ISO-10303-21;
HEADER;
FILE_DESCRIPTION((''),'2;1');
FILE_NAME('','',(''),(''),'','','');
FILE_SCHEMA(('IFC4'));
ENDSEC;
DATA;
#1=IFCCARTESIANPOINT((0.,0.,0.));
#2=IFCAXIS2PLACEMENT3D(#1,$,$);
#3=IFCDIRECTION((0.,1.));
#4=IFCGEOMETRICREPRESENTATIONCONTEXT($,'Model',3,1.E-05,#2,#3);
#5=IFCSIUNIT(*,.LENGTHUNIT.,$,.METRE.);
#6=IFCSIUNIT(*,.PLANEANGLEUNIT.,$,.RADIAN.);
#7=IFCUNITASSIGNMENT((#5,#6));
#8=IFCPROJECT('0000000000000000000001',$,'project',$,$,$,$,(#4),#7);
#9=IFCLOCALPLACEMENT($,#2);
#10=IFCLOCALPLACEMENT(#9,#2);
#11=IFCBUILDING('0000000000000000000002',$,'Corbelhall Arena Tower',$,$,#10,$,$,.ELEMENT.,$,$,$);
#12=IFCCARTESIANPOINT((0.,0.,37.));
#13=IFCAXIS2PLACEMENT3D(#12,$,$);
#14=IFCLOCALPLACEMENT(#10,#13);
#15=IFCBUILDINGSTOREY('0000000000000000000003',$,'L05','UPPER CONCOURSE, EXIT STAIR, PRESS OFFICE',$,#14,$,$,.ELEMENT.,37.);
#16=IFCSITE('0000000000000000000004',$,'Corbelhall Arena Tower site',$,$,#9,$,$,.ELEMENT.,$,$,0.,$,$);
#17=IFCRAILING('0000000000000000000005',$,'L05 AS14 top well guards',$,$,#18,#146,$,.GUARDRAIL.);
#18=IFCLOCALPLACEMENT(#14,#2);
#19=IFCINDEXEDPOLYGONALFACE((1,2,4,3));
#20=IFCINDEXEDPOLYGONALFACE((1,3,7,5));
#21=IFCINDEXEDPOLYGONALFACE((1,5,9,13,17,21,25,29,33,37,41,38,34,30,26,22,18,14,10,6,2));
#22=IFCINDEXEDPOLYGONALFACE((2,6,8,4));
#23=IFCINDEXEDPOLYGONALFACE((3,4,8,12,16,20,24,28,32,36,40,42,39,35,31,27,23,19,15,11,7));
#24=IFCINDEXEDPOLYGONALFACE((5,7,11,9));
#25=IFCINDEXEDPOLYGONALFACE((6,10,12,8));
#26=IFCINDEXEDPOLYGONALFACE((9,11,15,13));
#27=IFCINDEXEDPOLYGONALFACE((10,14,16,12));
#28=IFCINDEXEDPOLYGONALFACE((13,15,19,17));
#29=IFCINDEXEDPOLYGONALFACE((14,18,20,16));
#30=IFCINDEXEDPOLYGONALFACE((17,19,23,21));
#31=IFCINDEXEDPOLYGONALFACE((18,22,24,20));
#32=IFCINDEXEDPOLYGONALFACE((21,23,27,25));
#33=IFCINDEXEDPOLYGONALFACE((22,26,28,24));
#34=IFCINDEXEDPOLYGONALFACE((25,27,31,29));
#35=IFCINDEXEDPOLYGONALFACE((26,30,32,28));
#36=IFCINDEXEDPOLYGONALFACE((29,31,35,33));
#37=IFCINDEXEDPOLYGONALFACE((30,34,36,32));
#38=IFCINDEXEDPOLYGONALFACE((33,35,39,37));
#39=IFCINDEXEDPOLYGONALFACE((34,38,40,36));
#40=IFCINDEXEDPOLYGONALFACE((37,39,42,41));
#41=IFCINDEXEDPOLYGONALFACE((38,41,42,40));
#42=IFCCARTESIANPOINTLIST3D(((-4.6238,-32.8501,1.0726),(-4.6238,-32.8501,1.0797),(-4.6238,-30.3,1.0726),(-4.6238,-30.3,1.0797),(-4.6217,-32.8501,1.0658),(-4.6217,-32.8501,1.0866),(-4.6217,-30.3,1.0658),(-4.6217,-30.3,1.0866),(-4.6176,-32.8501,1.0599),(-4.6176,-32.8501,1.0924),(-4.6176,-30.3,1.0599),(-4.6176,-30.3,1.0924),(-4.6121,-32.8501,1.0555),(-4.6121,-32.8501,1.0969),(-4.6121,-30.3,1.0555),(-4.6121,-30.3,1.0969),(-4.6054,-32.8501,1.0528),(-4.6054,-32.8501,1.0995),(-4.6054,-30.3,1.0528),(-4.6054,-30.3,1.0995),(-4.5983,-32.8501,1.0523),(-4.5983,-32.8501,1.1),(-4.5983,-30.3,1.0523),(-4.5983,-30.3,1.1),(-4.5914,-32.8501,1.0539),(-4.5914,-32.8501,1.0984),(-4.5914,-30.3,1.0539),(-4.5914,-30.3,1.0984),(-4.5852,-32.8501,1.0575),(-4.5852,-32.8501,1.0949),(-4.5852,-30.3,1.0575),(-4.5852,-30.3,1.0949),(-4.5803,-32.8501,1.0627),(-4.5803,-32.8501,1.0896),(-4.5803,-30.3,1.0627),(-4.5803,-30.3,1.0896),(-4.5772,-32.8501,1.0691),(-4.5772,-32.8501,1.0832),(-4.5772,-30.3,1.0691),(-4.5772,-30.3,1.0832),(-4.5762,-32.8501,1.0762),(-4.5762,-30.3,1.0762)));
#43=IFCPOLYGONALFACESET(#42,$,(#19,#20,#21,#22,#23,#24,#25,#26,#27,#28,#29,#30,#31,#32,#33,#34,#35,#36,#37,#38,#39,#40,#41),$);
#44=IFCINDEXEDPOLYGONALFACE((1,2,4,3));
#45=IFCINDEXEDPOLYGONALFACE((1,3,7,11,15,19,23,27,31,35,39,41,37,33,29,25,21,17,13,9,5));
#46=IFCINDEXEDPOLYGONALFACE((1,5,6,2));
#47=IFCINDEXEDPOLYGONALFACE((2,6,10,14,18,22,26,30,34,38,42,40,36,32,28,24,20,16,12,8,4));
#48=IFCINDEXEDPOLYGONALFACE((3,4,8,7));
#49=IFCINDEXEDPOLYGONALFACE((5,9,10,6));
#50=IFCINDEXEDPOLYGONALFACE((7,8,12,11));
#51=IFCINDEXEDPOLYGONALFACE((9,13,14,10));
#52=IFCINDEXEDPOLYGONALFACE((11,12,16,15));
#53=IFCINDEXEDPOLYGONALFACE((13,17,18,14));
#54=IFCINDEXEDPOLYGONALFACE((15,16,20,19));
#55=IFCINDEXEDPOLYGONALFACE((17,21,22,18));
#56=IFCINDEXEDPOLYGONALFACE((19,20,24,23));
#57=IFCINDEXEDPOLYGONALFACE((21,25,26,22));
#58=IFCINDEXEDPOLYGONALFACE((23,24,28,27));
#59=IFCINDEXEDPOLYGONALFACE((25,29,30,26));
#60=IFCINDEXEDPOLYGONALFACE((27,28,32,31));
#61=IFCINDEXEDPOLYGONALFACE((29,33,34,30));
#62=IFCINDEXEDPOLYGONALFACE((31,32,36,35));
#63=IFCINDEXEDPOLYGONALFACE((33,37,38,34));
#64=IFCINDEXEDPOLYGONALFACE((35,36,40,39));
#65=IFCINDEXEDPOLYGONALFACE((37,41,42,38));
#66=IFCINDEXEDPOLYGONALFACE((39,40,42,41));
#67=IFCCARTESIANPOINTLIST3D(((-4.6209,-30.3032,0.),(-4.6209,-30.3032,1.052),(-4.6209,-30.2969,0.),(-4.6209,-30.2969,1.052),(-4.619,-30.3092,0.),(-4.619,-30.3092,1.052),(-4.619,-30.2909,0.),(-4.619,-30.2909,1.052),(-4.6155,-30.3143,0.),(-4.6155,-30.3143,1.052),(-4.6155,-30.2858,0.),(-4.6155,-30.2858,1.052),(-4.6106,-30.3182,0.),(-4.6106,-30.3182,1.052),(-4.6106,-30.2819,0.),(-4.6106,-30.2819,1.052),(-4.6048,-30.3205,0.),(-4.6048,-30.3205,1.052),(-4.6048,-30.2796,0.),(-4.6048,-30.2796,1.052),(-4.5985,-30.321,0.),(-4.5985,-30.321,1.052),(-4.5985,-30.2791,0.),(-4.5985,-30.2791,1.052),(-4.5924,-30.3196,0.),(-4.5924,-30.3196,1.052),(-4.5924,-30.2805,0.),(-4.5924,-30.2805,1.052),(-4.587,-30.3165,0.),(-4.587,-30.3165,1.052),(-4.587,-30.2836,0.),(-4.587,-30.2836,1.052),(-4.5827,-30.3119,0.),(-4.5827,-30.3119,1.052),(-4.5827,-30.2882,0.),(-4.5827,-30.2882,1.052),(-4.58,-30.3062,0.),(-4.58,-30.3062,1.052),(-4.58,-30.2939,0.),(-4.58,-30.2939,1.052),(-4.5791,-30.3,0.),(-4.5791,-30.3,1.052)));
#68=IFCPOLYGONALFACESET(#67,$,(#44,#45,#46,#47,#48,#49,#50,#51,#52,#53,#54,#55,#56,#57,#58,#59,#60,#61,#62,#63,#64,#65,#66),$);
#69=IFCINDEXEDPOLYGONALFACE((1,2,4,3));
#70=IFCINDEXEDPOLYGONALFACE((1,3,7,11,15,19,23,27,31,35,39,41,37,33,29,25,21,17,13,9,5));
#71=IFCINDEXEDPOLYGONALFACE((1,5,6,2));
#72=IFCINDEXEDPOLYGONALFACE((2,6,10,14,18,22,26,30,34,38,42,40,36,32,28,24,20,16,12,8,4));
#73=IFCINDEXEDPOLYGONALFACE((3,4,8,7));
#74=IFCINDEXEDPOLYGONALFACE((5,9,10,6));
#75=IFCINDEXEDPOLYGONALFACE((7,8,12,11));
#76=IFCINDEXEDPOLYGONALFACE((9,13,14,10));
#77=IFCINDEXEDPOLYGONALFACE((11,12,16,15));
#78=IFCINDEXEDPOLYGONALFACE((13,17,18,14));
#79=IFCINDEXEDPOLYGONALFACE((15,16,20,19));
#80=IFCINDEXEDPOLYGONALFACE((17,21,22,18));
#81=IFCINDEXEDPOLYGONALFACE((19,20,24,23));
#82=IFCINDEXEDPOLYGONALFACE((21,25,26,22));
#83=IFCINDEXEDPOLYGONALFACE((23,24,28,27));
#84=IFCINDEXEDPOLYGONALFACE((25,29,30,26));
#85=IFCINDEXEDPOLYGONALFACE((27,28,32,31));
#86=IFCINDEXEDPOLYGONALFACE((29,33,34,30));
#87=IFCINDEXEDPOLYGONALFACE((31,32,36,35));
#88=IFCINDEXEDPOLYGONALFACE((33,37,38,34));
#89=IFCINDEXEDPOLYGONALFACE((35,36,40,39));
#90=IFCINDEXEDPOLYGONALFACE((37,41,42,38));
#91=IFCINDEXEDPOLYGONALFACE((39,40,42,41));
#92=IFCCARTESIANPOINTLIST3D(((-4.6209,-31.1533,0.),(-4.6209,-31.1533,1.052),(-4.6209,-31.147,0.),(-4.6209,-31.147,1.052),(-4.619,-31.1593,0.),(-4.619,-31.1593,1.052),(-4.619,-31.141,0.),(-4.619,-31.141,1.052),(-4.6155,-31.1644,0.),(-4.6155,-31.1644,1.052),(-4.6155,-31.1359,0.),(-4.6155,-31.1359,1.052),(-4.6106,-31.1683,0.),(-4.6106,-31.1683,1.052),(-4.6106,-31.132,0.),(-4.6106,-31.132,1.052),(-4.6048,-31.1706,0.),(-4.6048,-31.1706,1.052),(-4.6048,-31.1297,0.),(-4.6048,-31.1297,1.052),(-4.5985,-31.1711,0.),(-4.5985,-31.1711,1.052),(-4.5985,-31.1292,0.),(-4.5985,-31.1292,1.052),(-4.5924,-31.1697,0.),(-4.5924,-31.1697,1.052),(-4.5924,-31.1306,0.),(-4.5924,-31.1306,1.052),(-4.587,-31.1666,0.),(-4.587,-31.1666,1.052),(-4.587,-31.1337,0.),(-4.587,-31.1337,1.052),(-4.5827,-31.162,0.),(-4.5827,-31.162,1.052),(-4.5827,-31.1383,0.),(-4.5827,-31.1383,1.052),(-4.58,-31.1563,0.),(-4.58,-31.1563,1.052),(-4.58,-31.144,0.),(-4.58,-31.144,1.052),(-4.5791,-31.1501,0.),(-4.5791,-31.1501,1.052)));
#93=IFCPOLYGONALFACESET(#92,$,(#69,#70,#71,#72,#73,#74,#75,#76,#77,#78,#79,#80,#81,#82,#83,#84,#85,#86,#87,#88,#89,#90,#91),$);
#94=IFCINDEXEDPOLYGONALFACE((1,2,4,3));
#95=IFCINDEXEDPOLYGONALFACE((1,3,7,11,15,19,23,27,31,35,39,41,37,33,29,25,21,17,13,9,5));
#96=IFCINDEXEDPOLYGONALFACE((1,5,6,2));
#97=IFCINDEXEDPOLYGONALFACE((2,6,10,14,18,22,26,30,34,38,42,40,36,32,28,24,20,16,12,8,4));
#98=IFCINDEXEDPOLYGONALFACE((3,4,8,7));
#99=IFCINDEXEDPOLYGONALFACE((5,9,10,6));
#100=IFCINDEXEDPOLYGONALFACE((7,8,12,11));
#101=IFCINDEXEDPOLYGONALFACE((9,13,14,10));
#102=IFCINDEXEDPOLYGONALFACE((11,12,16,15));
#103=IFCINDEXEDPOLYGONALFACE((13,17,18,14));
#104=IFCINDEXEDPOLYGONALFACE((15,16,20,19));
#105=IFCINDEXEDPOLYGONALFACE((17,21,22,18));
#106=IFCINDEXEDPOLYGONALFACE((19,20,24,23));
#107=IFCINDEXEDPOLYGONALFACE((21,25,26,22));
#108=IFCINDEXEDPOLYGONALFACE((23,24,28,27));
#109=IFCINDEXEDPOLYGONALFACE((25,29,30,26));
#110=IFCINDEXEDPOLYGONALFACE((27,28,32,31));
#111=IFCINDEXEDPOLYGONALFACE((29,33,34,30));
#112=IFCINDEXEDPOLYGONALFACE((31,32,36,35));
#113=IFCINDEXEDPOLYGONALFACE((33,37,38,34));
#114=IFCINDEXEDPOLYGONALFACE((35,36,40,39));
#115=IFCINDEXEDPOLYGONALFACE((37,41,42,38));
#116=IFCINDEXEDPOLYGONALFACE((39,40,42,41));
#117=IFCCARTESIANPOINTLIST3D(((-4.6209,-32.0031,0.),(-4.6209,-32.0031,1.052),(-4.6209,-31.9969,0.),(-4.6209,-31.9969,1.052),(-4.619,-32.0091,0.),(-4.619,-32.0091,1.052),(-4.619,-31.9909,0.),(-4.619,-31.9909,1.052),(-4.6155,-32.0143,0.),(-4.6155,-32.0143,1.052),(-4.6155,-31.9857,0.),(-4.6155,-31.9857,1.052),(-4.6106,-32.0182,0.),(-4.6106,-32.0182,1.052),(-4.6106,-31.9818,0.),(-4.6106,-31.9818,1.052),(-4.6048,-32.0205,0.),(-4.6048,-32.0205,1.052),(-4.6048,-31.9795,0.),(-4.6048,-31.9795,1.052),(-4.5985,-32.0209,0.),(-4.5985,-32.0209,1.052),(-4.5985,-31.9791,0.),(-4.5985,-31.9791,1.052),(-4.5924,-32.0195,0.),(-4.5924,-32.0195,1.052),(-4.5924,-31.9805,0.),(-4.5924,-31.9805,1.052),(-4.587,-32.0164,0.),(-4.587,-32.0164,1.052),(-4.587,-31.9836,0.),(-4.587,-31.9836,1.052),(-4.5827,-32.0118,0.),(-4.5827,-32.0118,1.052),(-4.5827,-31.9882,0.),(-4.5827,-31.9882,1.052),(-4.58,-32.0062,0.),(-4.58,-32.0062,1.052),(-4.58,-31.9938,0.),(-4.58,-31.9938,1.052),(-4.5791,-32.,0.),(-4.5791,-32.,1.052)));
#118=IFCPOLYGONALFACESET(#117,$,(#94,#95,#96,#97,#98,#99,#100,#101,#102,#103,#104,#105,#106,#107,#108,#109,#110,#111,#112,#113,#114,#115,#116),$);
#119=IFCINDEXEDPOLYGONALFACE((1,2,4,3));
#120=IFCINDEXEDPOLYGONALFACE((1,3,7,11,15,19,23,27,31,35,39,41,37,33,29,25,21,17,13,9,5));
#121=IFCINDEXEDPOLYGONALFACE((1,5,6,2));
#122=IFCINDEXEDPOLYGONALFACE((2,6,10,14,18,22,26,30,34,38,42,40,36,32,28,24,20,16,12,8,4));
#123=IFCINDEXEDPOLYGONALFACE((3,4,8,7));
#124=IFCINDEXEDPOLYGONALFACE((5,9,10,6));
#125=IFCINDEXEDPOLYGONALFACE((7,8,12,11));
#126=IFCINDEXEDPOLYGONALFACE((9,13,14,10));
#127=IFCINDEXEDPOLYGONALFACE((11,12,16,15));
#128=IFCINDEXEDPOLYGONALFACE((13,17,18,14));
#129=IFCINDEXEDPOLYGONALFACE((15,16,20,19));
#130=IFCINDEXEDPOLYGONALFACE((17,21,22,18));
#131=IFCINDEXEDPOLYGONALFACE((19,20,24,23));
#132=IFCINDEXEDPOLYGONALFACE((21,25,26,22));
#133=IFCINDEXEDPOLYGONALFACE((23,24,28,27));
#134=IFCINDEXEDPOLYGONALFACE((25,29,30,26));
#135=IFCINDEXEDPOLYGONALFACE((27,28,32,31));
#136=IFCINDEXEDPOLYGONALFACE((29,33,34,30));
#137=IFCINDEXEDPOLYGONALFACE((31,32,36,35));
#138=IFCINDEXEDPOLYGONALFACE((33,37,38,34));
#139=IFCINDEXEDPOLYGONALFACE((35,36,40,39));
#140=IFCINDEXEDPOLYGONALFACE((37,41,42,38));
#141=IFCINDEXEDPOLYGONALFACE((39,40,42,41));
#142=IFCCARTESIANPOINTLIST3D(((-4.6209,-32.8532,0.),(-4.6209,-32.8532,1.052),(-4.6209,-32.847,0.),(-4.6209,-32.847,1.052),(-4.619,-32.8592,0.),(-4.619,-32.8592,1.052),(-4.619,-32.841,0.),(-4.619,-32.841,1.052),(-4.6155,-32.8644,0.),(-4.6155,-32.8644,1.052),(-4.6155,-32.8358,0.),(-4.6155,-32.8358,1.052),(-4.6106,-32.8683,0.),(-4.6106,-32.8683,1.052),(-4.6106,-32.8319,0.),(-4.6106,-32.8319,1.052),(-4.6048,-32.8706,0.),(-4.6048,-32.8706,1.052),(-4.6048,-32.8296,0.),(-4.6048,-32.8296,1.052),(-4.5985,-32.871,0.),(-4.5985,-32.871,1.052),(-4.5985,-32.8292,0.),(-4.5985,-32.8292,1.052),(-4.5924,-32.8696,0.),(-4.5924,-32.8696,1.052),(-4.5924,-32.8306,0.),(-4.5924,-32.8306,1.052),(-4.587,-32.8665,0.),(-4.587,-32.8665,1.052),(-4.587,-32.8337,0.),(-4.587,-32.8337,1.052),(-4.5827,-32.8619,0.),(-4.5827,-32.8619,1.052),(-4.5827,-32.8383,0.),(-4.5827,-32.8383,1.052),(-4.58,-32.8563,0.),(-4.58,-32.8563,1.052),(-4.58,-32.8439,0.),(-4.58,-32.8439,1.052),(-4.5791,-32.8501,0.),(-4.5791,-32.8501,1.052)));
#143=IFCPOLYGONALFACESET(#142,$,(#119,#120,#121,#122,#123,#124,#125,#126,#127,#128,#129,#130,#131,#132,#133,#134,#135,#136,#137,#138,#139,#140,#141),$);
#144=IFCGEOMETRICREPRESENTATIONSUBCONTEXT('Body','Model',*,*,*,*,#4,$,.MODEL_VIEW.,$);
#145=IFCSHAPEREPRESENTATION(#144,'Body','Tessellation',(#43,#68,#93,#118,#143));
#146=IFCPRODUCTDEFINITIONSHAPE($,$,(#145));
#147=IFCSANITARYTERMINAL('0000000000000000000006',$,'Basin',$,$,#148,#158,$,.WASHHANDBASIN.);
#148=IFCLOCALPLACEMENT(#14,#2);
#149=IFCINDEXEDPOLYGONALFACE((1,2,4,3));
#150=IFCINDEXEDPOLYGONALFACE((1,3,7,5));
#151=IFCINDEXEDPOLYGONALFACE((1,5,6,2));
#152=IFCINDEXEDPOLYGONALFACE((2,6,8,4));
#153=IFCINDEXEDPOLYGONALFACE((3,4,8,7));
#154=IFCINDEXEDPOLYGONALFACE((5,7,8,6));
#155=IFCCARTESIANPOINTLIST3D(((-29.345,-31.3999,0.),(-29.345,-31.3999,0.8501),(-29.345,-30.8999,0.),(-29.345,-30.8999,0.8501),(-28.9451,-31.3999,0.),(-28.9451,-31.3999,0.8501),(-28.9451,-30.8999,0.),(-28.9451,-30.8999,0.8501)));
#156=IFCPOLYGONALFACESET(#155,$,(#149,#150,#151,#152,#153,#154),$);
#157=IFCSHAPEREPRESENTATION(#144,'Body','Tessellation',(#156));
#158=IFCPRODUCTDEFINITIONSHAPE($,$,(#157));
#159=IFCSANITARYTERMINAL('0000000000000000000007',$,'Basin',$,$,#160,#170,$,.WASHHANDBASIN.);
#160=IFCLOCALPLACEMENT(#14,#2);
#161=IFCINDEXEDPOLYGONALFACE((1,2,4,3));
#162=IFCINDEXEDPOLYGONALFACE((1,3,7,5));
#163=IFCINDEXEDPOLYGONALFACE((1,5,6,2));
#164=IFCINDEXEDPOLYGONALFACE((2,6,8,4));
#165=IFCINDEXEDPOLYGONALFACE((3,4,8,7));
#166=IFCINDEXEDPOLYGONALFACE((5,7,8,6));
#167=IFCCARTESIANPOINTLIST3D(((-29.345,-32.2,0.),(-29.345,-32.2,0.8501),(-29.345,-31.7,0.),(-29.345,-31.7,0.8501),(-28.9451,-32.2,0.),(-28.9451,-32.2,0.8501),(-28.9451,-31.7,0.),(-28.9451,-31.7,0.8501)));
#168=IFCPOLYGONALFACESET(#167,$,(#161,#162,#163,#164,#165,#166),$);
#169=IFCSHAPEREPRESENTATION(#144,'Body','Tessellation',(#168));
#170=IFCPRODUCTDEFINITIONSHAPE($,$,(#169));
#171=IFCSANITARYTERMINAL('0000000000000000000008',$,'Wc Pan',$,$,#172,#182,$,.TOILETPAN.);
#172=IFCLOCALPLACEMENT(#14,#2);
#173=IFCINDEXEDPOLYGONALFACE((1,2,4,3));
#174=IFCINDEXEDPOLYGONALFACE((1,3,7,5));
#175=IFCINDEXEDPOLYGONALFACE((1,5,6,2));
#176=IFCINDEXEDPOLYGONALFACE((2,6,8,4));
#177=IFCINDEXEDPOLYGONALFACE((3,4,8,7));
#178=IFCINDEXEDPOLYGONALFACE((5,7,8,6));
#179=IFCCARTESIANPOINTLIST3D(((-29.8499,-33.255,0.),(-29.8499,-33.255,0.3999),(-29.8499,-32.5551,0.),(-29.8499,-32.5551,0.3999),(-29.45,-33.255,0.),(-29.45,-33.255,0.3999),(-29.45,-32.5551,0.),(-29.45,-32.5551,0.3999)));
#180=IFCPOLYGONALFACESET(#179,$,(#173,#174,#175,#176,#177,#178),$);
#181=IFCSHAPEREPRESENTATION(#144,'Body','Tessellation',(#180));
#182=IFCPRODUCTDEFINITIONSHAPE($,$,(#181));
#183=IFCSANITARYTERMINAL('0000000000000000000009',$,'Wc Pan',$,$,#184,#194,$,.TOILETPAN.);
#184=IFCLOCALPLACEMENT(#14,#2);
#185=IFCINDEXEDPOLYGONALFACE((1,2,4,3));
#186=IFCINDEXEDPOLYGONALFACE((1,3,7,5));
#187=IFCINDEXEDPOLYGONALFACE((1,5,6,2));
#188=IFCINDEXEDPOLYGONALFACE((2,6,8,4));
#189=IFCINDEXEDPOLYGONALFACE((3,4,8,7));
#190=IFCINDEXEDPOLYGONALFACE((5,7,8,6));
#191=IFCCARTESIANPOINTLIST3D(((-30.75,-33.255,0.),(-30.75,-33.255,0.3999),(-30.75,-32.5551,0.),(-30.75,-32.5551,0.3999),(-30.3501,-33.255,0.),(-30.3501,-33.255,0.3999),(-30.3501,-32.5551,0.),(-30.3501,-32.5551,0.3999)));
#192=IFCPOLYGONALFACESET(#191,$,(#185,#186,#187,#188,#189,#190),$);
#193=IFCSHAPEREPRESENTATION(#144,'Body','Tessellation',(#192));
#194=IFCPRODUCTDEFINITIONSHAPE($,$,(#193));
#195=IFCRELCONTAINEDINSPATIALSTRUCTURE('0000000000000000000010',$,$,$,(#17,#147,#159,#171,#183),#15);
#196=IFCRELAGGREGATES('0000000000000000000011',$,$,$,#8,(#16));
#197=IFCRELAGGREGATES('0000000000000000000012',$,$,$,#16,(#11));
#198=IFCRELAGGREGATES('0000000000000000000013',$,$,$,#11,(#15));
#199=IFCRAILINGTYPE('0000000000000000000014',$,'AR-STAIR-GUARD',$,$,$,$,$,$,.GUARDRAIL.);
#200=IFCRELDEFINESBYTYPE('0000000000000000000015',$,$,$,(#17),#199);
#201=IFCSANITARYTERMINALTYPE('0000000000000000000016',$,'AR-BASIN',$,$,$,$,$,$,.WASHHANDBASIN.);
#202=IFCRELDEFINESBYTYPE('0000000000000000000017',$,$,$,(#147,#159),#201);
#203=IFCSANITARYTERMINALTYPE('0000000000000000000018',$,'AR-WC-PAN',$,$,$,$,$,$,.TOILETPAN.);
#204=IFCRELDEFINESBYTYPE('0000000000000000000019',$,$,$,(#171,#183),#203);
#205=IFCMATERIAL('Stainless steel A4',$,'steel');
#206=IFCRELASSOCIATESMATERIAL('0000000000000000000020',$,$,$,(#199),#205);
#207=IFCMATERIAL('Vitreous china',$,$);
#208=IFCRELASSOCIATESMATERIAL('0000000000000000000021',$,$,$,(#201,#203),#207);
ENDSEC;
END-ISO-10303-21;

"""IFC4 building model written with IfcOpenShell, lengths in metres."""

from ifc_helpers import new_model, si_unit, direction, frame, origin, origin_2d, place, context, subcontext, project, spatial, rectangle, circle, extrude, material, type_object, element, save


model = new_model("IFC4")

# Units and contexts
model_context = context("Model", 3, precision=1e-05, world=origin(), true_north=direction((0.0, 1.0)))
body_context = subcontext(model_context, "Body", "Model", "MODEL_VIEW")
ifc_project = project(units=[si_unit("LENGTHUNIT", "METRE"), si_unit("PLANEANGLEUNIT", "RADIAN")], contexts=[model_context])

# Site, building, storey
site_placement = place(None, origin())
site = spatial("IfcSite", under=ifc_project, at=site_placement, Name="Corbelhall Arena Tower site", CompositionType="ELEMENT", RefElevation=0.0)
building_placement = place(site_placement, origin())
building = spatial("IfcBuilding", under=site, at=building_placement, Name="Corbelhall Arena Tower", CompositionType="ELEMENT")
storey_placement = place(building_placement, frame((0.0, 0.0, 37.0)))
storey = spatial("IfcBuildingStorey", under=building, at=storey_placement, Name="L05", Description="UPPER CONCOURSE, EXIT STAIR, PRESS OFFICE", CompositionType="ELEMENT", Elevation=37.0)

# Railing
ifc_material_1 = material(Name="Stainless steel A4", Category="steel")
railing_type_1 = type_object("IfcRailingType", Name="AR-STAIR-GUARD", PredefinedType="GUARDRAIL", material=ifc_material_1)
for number, where, name in (
    (1, (-4.6001, -30.3, 0.0), "L05 AS14 top well guards"),
):
    element("IfcRailing", number, at=place(storey_placement, frame(where)), inside=storey, type_object=railing_type_1, Name=name, PredefinedType="GUARDRAIL", context=body_context, shape_type="SweptSolid", body=[
        extrude(circle(Radius=0.0239, at=origin_2d()), frame((0.0, 0.0, 1.0762), z_axis=(0.0, -1.0, 0.0), x_axis=(1.0, 0.0, 0.0)), (0.0, 0.0, 1.0), 2.55),
        extrude(circle(Radius=0.021, at=origin_2d()), origin(), (0.0, 0.0, 1.0), 1.052),
        extrude(circle(Radius=0.021, at=origin_2d()), frame((0.0, -0.8501, 0.0)), (0.0, 0.0, 1.0), 1.052),
        extrude(circle(Radius=0.021, at=origin_2d()), frame((0.0, -1.7, 0.0)), (0.0, 0.0, 1.0), 1.052),
        extrude(circle(Radius=0.021, at=origin_2d()), frame((0.0, -2.55, 0.0)), (0.0, 0.0, 1.0), 1.052),
    ])

# Sanitary terminals
ifc_material_2 = material(Name="Vitreous china")
sanitary_terminal_type_1 = type_object("IfcSanitaryTerminalType", Name="AR-BASIN", PredefinedType="WASHHANDBASIN", material=ifc_material_2)
for number, where, z_axis, x_axis, name in (
    (2, (-29.145, -31.1499, 0.0), (0.0, 0.0, 1.0), (1.0, 0.0, 0.0), "Basin"),
    (3, (-29.145, -31.95, 0.0), (0.0, 0.0, 1.0), (1.0, 0.0, 0.0), "Basin"),
):
    element("IfcSanitaryTerminal", number, at=place(storey_placement, frame(where, z_axis=z_axis, x_axis=x_axis)), inside=storey, type_object=sanitary_terminal_type_1, Name=name, PredefinedType="WASHHANDBASIN", context=body_context, shape_type="SweptSolid", body=[
        extrude(rectangle(XDim=0.3999, YDim=0.5, at=origin_2d()), origin(), (0.0, 0.0, 1.0), 0.8501),
    ])
sanitary_terminal_type_2 = type_object("IfcSanitaryTerminalType", Name="AR-WC-PAN", PredefinedType="TOILETPAN", material=ifc_material_2)
for number, where, z_axis, x_axis, name in (
    (4, (-29.6499, -32.905, 0.0), (0.0, 0.0, 1.0), (1.0, 0.0, 0.0), "Wc Pan"),
    (5, (-30.55, -32.905, 0.0), (0.0, 0.0, 1.0), (1.0, 0.0, 0.0), "Wc Pan"),
):
    element("IfcSanitaryTerminal", number, at=place(storey_placement, frame(where, z_axis=z_axis, x_axis=x_axis)), inside=storey, type_object=sanitary_terminal_type_2, Name=name, PredefinedType="TOILETPAN", context=body_context, shape_type="SweptSolid", body=[
        extrude(rectangle(XDim=0.3999, YDim=0.7, at=origin_2d()), origin(), (0.0, 0.0, 1.0), 0.3999),
    ])

save(model, "model.ifc")
